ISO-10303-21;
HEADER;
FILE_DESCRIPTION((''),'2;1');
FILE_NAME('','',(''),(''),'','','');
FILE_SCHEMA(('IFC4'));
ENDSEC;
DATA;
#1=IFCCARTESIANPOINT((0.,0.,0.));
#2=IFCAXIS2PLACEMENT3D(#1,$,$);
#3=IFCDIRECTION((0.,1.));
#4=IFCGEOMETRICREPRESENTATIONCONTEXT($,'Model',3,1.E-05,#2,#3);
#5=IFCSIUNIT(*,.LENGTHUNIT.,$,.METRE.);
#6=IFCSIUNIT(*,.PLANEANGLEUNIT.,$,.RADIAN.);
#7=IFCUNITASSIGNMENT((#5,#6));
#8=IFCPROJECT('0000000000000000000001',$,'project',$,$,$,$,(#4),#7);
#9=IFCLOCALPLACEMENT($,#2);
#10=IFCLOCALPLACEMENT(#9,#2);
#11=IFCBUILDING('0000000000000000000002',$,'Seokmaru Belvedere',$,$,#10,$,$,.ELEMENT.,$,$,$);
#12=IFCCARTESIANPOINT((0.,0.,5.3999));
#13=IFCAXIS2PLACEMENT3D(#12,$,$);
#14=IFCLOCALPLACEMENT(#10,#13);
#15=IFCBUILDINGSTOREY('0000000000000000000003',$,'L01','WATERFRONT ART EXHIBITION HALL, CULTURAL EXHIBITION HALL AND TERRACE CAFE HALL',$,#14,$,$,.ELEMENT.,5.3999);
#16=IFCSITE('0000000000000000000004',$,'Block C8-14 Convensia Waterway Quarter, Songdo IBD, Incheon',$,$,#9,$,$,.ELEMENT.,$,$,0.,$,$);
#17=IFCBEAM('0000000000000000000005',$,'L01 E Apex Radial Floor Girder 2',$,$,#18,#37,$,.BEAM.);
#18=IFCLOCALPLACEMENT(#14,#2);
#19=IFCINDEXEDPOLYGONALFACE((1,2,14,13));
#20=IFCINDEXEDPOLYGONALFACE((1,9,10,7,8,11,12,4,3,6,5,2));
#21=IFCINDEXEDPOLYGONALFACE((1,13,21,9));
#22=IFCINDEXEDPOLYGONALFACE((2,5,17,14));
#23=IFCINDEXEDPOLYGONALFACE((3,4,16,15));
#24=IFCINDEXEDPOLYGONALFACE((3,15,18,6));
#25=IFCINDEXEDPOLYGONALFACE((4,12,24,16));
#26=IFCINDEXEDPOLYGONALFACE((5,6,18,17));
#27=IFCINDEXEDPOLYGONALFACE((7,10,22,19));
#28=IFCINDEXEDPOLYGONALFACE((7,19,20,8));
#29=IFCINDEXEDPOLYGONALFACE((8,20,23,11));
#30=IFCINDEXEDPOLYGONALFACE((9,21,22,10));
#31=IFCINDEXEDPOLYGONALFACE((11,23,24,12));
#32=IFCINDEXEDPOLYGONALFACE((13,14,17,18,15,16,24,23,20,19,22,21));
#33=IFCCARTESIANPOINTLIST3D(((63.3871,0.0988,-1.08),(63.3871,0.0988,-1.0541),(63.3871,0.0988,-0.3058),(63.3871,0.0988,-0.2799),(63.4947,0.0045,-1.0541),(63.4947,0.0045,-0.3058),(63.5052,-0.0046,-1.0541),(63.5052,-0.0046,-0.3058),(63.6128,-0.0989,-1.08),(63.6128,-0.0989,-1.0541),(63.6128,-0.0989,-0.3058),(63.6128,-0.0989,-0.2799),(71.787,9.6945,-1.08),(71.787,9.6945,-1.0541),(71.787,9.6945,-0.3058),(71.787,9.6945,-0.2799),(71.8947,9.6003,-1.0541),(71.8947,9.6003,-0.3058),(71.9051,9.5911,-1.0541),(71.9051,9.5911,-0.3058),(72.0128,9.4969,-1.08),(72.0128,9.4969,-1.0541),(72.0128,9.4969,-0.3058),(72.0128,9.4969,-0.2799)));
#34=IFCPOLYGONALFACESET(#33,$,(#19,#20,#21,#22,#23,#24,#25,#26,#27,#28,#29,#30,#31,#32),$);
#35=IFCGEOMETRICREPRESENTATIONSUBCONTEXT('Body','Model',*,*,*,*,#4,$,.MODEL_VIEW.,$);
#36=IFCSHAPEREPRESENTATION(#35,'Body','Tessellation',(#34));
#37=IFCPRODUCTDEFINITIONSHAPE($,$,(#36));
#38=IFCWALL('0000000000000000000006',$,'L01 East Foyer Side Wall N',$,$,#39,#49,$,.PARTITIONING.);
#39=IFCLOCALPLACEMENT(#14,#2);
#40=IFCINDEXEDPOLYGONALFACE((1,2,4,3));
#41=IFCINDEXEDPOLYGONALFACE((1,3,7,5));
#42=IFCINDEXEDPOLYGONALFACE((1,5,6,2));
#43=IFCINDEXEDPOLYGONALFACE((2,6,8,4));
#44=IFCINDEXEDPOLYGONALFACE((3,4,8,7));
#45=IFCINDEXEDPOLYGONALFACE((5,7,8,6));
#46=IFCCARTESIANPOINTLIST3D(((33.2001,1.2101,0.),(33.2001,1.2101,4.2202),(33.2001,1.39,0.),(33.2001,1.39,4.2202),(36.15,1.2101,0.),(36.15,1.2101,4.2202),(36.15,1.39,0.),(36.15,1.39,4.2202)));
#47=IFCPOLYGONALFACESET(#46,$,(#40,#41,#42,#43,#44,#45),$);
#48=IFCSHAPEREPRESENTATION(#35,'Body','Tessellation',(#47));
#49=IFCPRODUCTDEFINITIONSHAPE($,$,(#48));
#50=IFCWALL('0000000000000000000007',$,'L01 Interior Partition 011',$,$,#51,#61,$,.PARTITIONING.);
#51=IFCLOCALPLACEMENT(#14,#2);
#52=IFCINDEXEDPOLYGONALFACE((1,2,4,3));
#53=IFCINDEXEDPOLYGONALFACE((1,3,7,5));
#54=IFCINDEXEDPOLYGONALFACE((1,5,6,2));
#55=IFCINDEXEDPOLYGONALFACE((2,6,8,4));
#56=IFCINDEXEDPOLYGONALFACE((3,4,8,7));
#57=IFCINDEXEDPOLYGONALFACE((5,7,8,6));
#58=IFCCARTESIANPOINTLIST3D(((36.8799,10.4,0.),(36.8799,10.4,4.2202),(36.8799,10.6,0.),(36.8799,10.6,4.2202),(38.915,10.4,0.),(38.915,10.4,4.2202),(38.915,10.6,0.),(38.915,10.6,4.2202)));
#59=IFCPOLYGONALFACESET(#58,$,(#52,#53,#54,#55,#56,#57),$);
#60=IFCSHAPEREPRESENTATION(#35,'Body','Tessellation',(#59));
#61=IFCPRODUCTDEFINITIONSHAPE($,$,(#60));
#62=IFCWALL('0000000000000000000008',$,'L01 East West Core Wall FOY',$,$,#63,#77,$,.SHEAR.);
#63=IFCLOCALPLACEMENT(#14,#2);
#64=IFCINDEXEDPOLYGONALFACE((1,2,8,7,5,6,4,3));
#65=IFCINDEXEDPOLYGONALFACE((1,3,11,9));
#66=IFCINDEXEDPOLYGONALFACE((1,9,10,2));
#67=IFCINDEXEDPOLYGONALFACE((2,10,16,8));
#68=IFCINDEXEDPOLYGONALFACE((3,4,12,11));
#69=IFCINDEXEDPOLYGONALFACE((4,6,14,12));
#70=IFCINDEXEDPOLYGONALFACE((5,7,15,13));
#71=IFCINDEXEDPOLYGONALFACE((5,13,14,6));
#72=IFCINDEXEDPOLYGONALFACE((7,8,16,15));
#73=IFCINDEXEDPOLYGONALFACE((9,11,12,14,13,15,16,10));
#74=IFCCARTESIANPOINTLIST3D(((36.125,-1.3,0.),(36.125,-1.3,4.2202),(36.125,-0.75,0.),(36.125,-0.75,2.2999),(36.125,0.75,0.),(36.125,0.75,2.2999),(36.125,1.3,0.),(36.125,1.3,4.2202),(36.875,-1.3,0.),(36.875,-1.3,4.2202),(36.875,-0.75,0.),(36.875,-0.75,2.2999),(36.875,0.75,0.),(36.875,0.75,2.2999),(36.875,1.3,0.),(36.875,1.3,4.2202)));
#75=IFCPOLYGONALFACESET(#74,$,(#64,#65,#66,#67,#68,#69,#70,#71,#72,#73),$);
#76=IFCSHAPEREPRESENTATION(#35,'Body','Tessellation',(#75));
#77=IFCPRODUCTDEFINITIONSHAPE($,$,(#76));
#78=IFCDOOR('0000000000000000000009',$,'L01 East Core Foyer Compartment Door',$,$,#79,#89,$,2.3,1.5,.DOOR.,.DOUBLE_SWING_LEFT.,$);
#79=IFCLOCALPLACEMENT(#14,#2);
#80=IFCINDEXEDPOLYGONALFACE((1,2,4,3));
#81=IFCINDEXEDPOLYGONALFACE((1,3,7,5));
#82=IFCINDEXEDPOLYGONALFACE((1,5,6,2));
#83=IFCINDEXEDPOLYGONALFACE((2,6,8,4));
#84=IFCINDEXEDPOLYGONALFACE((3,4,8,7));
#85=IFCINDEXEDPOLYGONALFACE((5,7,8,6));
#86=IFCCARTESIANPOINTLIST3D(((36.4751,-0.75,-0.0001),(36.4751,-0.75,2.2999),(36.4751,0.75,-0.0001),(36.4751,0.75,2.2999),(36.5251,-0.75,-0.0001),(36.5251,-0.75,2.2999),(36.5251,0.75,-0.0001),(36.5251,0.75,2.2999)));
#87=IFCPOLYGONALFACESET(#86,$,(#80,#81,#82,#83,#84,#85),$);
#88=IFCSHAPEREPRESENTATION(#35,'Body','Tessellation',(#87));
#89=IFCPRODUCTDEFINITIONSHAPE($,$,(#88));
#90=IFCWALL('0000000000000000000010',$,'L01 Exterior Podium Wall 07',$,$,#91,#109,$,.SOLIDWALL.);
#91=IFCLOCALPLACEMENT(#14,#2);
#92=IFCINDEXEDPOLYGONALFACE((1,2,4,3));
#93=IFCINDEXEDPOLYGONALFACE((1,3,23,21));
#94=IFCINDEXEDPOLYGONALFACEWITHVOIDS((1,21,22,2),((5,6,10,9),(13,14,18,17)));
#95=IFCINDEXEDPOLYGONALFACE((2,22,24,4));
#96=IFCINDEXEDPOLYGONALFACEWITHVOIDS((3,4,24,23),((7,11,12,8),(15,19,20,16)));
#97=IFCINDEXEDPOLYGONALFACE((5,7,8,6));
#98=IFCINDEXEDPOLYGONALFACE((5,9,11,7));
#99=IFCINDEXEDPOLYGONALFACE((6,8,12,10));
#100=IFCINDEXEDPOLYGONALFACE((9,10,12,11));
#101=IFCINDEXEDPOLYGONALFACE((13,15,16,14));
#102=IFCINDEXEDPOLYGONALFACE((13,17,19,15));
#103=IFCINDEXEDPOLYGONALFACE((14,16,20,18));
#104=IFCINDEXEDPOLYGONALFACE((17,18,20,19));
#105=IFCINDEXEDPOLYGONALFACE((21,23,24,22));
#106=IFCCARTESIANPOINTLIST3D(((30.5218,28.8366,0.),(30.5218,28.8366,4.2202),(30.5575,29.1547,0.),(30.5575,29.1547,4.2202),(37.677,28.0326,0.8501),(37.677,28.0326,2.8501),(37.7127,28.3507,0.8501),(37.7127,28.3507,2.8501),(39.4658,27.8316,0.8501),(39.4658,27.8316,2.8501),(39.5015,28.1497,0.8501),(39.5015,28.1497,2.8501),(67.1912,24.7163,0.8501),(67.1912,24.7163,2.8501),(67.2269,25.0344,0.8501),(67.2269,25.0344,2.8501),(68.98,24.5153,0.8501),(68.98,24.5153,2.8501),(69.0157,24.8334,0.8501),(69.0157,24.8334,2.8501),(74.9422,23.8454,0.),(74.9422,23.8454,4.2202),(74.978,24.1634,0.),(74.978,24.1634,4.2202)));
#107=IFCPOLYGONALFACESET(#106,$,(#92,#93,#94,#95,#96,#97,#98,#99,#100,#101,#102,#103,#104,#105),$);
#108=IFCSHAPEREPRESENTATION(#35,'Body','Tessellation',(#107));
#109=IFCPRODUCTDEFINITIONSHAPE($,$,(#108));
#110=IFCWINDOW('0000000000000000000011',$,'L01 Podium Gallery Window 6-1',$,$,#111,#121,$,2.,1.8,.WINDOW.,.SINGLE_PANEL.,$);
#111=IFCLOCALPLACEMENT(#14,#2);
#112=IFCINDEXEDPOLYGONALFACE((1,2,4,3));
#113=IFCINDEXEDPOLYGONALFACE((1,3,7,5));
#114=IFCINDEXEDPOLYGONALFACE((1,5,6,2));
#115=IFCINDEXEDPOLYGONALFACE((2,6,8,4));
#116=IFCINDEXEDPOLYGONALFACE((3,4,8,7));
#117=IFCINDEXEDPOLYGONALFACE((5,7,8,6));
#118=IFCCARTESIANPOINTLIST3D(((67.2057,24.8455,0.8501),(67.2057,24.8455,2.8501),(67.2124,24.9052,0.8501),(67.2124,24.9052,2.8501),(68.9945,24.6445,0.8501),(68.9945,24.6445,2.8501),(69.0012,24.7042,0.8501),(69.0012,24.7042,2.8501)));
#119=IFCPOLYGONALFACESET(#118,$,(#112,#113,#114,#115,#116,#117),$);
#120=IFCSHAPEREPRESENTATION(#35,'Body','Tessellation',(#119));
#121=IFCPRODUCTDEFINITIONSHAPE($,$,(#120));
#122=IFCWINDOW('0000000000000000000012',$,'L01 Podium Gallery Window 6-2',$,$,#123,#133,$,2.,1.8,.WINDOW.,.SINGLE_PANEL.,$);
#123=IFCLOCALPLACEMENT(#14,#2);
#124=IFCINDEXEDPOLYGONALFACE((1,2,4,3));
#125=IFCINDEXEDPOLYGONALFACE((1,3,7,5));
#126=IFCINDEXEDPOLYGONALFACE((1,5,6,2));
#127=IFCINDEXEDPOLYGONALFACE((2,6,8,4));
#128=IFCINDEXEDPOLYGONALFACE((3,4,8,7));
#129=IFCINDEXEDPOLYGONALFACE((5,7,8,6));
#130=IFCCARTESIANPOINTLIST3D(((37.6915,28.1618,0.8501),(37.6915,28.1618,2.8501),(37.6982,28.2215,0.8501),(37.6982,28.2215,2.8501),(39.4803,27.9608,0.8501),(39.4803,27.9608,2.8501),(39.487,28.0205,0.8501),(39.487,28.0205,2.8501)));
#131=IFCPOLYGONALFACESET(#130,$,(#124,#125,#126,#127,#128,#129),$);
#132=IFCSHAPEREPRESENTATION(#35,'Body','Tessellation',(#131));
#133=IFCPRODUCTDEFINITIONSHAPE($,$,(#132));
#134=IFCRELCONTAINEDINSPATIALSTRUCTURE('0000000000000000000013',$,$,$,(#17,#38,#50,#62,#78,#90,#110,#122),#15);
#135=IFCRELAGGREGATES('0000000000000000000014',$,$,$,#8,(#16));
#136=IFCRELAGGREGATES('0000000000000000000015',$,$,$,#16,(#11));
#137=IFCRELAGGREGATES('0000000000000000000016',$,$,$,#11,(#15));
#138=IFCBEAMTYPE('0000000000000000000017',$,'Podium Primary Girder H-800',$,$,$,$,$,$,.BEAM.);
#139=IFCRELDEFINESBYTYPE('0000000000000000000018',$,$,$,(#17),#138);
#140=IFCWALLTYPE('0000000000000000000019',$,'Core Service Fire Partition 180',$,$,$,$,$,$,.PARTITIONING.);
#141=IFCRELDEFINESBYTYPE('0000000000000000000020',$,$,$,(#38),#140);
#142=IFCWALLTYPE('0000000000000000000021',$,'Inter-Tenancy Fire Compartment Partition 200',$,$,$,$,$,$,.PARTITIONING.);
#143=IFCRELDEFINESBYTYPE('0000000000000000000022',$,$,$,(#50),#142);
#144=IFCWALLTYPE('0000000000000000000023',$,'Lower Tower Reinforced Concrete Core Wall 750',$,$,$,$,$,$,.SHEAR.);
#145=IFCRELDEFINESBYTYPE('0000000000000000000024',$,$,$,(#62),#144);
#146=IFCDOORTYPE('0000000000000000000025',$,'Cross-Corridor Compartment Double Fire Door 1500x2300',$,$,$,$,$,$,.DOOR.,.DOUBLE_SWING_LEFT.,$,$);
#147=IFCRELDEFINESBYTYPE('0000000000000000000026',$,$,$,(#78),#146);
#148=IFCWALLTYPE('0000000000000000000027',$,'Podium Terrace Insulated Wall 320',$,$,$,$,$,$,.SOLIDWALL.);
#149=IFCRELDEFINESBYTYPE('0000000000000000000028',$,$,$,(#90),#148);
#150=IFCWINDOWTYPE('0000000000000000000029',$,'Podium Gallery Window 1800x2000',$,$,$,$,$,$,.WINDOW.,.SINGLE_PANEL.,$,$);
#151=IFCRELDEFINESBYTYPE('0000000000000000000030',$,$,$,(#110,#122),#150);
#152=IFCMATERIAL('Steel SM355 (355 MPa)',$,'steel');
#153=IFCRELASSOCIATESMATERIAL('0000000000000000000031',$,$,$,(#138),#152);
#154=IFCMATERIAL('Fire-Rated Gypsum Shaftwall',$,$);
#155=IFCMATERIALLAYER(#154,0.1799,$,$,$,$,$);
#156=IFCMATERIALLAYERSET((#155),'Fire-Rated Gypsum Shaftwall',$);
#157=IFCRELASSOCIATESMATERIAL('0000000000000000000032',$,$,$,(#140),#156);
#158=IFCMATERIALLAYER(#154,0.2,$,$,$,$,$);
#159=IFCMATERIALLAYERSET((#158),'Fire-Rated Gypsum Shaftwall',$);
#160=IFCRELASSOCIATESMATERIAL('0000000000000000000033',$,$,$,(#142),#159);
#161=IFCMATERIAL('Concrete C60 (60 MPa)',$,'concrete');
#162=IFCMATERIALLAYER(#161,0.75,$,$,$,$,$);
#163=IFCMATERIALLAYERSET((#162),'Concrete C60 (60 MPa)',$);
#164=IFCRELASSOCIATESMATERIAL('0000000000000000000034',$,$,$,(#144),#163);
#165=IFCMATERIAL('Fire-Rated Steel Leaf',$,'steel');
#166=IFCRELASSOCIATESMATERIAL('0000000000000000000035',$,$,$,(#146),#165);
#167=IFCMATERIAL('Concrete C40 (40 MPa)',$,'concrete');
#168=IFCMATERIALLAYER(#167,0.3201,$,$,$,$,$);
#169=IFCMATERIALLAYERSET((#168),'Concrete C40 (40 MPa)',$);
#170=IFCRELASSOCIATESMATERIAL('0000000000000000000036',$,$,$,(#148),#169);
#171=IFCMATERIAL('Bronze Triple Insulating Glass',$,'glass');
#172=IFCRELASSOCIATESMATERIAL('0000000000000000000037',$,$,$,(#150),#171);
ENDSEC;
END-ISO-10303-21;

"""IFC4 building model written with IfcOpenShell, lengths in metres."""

from ifc_helpers import new_model, si_unit, direction, frame, frame_2d, origin, origin_2d, place, context, subcontext, project, spatial, rectangle, i_section, extrude, source, transform, mapped, material, layer, layer_set, material_profile, profile_set, type_object, type_shapes, element, fill, save


model = new_model("IFC4")

# Units and contexts
model_context = context("Model", 3, precision=1e-05, world=origin(), true_north=direction((0.0, 1.0)))
body_context = subcontext(model_context, "Body", "Model", "MODEL_VIEW")
ifc_project = project(units=[si_unit("LENGTHUNIT", "METRE"), si_unit("PLANEANGLEUNIT", "RADIAN")], contexts=[model_context])

# Site, building, storey
site_placement = place(None, origin())
site = spatial("IfcSite", under=ifc_project, at=site_placement, Name="Block C8-14 Convensia Waterway Quarter, Songdo IBD, Incheon", CompositionType="ELEMENT", RefElevation=0.0)
building_placement = place(site_placement, origin())
building = spatial("IfcBuilding", under=site, at=building_placement, Name="Seokmaru Belvedere", CompositionType="ELEMENT")
storey_placement = place(building_placement, frame((0.0, 0.0, 5.3999)))
storey = spatial("IfcBuildingStorey", under=building, at=storey_placement, Name="L01", Description="WATERFRONT ART EXHIBITION HALL, CULTURAL EXHIBITION HALL AND TERRACE CAFE HALL", CompositionType="ELEMENT", Elevation=5.3999)

# Shared definitions
ifc_material_1 = material(Name="Steel SM355 (355 MPa)", Category="steel")

# Beam
ifc_material_profile_1 = material_profile(ifc_material_1, i_section(OverallWidth=0.3, OverallDepth=0.8, WebThickness=0.0139, FlangeThickness=0.0259, at=origin_2d()), Name="H-800x300x14x26")
ifc_profile_set_1 = profile_set([ifc_material_profile_1], Name="Steel SM355 (355 MPa)")
beam_type_1 = type_object("IfcBeamType", Name="Podium Primary Girder H-800", PredefinedType="BEAM", material=ifc_profile_set_1)
shared_shape_1 = source(origin(), body_context, "Body", "SweptSolid", [
    extrude(i_section(OverallWidth=0.3, OverallDepth=0.8, WebThickness=0.0139, FlangeThickness=0.0259, at=origin_2d()), origin(), (0.0, 0.0, 1.0), 12.7529),
])
beam_1_placement = place(storey_placement, frame((71.8999, 9.5957, -0.6799), z_axis=(-0.658667, -0.752434, 0.0), x_axis=(0.752434, -0.658667, 0.0)))
element("IfcBeam", 1, at=beam_1_placement, inside=storey, type_object=beam_type_1, Name="L01 E Apex Radial Floor Girder 2", PredefinedType="BEAM", context=body_context, shape_type="MappedRepresentation", body=[
    mapped(shared_shape_1, transform((0.0, 0.0, 0.0), scale=1.0)),
])

# Walls
ifc_material_2 = material(Name="Fire-Rated Gypsum Shaftwall")
ifc_layer_1 = layer(ifc_material_2, 0.1799)
ifc_layer_set_1 = layer_set([ifc_layer_1], Name="Fire-Rated Gypsum Shaftwall")
wall_type_1 = type_object("IfcWallType", Name="Core Service Fire Partition 180", PredefinedType="PARTITIONING", material=ifc_layer_set_1)
wall_1_placement = place(storey_placement, frame((33.2, 1.3, 0.0), z_axis=(0.0, 0.0, 1.0), x_axis=(1.0, 0.0, 0.0)))
element("IfcWall", 2, at=wall_1_placement, inside=storey, type_object=wall_type_1, Name="L01 East Foyer Side Wall N", PredefinedType="PARTITIONING", context=body_context, shape_type="SweptSolid", body=[
    extrude(rectangle(XDim=2.95, YDim=0.1799, at=frame_2d((1.4751, 0.0))), origin(), (0.0, 0.0, 1.0), 4.2202),
])
ifc_layer_2 = layer(ifc_material_2, 0.2)
ifc_layer_set_2 = layer_set([ifc_layer_2], Name="Fire-Rated Gypsum Shaftwall")
wall_type_2 = type_object("IfcWallType", Name="Inter-Tenancy Fire Compartment Partition 200", PredefinedType="PARTITIONING", material=ifc_layer_set_2)
wall_2_placement = place(storey_placement, frame((36.8799, 10.5, 0.0), z_axis=(0.0, 0.0, 1.0), x_axis=(1.0, 0.0, 0.0)))
element("IfcWall", 3, at=wall_2_placement, inside=storey, type_object=wall_type_2, Name="L01 Interior Partition 011", PredefinedType="PARTITIONING", context=body_context, shape_type="SweptSolid", body=[
    extrude(rectangle(XDim=2.0352, YDim=0.2, at=frame_2d((1.0176, 0.0))), origin(), (0.0, 0.0, 1.0), 4.2202),
])

# Wall, opening, door
ifc_material_3 = material(Name="Concrete C60 (60 MPa)", Category="concrete")
ifc_layer_3 = layer(ifc_material_3, 0.75)
ifc_layer_set_3 = layer_set([ifc_layer_3], Name="Concrete C60 (60 MPa)")
wall_type_3 = type_object("IfcWallType", Name="Lower Tower Reinforced Concrete Core Wall 750", PredefinedType="SHEAR", material=ifc_layer_set_3)
wall_3_placement = place(storey_placement, frame((36.5, -1.3, 0.0), z_axis=(0.0, 0.0, 1.0), x_axis=(0.0, 1.0, 0.0)))
wall_3 = element("IfcWall", 4, at=wall_3_placement, inside=storey, type_object=wall_type_3, Name="L01 East West Core Wall FOY", PredefinedType="SHEAR", context=body_context, shape_type="SweptSolid", body=[
    extrude(rectangle(XDim=2.6001, YDim=0.75, at=frame_2d((1.3, 0.0))), origin(), (0.0, 0.0, 1.0), 4.2202),
])
opening_1_placement = place(wall_3_placement, frame((0.55, 0.0, 0.0)))
opening_1 = element("IfcOpeningElement", 5, at=opening_1_placement, cuts=wall_3, PredefinedType="OPENING", context=body_context, shape_type="SweptSolid", body=[
    extrude(rectangle(XDim=1.5, YDim=2.3, at=frame_2d((0.75, 1.1499))), frame((0.0, 0.385, 0.0), z_axis=(0.0, -1.0, 0.0), x_axis=(1.0, 0.0, 0.0)), (0.0, 0.0, 1.0), 0.77),
])
ifc_material_4 = material(Name="Fire-Rated Steel Leaf", Category="steel")
door_type_1 = type_object("IfcDoorType", Name="Cross-Corridor Compartment Double Fire Door 1500x2300", OperationType="DOUBLE_SWING_LEFT", PredefinedType="DOOR", material=ifc_material_4)
shared_shape_2 = source(origin(), body_context, "Body", "SweptSolid", [
    extrude(rectangle(XDim=1.5, YDim=2.3, at=frame_2d((0.75, 1.1499))), frame((0.0, 0.0249, 0.0), z_axis=(0.0, -1.0, 0.0), x_axis=(1.0, 0.0, 0.0)), (0.0, 0.0, 1.0), 0.05),
])
type_shapes(door_type_1, [shared_shape_2])
door_1_placement = place(opening_1_placement, origin())
door_1 = element("IfcDoor", 6, at=door_1_placement, inside=storey, type_object=door_type_1, Name="L01 East Core Foyer Compartment Door", OperationType="DOUBLE_SWING_LEFT", OverallHeight=2.3, OverallWidth=1.5, PredefinedType="DOOR", context=body_context, shape_type="MappedRepresentation", body=[
    mapped(shared_shape_2, transform((0.0, 0.0, 0.0), scale=1.0)),
])
fill(opening_1, door_1)

# Wall, openings, windows
ifc_material_5 = material(Name="Concrete C40 (40 MPa)", Category="concrete")
ifc_layer_4 = layer(ifc_material_5, 0.3201)
ifc_layer_set_4 = layer_set([ifc_layer_4], Name="Concrete C40 (40 MPa)")
wall_type_4 = type_object("IfcWallType", Name="Podium Terrace Insulated Wall 320", PredefinedType="SOLIDWALL", material=ifc_layer_set_4)
wall_4_placement = place(storey_placement, frame((74.9602, 24.0044, 0.0), z_axis=(0.0, 0.0, 1.0), x_axis=(-0.993746, 0.11166, 0.0)))
wall_4 = element("IfcWall", 7, at=wall_4_placement, inside=storey, type_object=wall_type_4, Name="L01 Exterior Podium Wall 07", PredefinedType="SOLIDWALL", context=body_context, shape_type="SweptSolid", body=[
    extrude(rectangle(XDim=44.7, YDim=0.3201, at=frame_2d((22.3501, 0.0))), origin(), (0.0, 0.0, 1.0), 4.2202),
])
opening_2_placement = place(wall_4_placement, frame((6.0, 0.0, 0.8501)))
opening_2 = element("IfcOpeningElement", 8, at=opening_2_placement, cuts=wall_4, PredefinedType="OPENING", context=body_context, shape_type="SweptSolid", body=[
    extrude(rectangle(XDim=1.8, YDim=2.0, at=frame_2d((0.8999, 1.0))), frame((0.0, 0.1699, 0.0), z_axis=(0.0, -1.0, 0.0), x_axis=(1.0, 0.0, 0.0)), (0.0, 0.0, 1.0), 0.3401),
])
opening_3_placement = place(wall_4_placement, frame((35.7, 0.0, 0.8501)))
opening_3 = element("IfcOpeningElement", 9, at=opening_3_placement, cuts=wall_4, PredefinedType="OPENING", context=body_context, shape_type="SweptSolid", body=[
    extrude(rectangle(XDim=1.8, YDim=2.0, at=frame_2d((0.8999, 1.0))), frame((0.0, 0.1699, 0.0), z_axis=(0.0, -1.0, 0.0), x_axis=(1.0, 0.0, 0.0)), (0.0, 0.0, 1.0), 0.3401),
])
ifc_material_6 = material(Name="Bronze Triple Insulating Glass", Category="glass")
window_type = type_object("IfcWindowType", Name="Podium Gallery Window 1800x2000", PartitioningType="SINGLE_PANEL", PredefinedType="WINDOW", material=ifc_material_6)
shared_shape_3 = source(origin(), body_context, "Body", "SweptSolid", [
    extrude(rectangle(XDim=1.8, YDim=2.0, at=frame_2d((0.8999, 1.0))), frame((0.0, 0.03, 0.0), z_axis=(0.0, -1.0, 0.0), x_axis=(1.0, 0.0, 0.0)), (0.0, 0.0, 1.0), 0.0601),
])
type_shapes(window_type, [shared_shape_3])
window_1_placement = place(opening_2_placement, origin())
window_1 = element("IfcWindow", 10, at=window_1_placement, inside=storey, type_object=window_type, Name="L01 Podium Gallery Window 6-1", OverallHeight=2.0, OverallWidth=1.8, PartitioningType="SINGLE_PANEL", PredefinedType="WINDOW", context=body_context, shape_type="MappedRepresentation", body=[
    mapped(shared_shape_3, transform((0.0, 0.0, 0.0), scale=1.0)),
])
fill(opening_2, window_1)
window_2_placement = place(opening_3_placement, origin())
window_2 = element("IfcWindow", 11, at=window_2_placement, inside=storey, type_object=window_type, Name="L01 Podium Gallery Window 6-2", OverallHeight=2.0, OverallWidth=1.8, PartitioningType="SINGLE_PANEL", PredefinedType="WINDOW", context=body_context, shape_type="MappedRepresentation", body=[
    mapped(shared_shape_3, transform((0.0, 0.0, 0.0), scale=1.0)),
])
fill(opening_3, window_2)

save(model, "model.ifc")
